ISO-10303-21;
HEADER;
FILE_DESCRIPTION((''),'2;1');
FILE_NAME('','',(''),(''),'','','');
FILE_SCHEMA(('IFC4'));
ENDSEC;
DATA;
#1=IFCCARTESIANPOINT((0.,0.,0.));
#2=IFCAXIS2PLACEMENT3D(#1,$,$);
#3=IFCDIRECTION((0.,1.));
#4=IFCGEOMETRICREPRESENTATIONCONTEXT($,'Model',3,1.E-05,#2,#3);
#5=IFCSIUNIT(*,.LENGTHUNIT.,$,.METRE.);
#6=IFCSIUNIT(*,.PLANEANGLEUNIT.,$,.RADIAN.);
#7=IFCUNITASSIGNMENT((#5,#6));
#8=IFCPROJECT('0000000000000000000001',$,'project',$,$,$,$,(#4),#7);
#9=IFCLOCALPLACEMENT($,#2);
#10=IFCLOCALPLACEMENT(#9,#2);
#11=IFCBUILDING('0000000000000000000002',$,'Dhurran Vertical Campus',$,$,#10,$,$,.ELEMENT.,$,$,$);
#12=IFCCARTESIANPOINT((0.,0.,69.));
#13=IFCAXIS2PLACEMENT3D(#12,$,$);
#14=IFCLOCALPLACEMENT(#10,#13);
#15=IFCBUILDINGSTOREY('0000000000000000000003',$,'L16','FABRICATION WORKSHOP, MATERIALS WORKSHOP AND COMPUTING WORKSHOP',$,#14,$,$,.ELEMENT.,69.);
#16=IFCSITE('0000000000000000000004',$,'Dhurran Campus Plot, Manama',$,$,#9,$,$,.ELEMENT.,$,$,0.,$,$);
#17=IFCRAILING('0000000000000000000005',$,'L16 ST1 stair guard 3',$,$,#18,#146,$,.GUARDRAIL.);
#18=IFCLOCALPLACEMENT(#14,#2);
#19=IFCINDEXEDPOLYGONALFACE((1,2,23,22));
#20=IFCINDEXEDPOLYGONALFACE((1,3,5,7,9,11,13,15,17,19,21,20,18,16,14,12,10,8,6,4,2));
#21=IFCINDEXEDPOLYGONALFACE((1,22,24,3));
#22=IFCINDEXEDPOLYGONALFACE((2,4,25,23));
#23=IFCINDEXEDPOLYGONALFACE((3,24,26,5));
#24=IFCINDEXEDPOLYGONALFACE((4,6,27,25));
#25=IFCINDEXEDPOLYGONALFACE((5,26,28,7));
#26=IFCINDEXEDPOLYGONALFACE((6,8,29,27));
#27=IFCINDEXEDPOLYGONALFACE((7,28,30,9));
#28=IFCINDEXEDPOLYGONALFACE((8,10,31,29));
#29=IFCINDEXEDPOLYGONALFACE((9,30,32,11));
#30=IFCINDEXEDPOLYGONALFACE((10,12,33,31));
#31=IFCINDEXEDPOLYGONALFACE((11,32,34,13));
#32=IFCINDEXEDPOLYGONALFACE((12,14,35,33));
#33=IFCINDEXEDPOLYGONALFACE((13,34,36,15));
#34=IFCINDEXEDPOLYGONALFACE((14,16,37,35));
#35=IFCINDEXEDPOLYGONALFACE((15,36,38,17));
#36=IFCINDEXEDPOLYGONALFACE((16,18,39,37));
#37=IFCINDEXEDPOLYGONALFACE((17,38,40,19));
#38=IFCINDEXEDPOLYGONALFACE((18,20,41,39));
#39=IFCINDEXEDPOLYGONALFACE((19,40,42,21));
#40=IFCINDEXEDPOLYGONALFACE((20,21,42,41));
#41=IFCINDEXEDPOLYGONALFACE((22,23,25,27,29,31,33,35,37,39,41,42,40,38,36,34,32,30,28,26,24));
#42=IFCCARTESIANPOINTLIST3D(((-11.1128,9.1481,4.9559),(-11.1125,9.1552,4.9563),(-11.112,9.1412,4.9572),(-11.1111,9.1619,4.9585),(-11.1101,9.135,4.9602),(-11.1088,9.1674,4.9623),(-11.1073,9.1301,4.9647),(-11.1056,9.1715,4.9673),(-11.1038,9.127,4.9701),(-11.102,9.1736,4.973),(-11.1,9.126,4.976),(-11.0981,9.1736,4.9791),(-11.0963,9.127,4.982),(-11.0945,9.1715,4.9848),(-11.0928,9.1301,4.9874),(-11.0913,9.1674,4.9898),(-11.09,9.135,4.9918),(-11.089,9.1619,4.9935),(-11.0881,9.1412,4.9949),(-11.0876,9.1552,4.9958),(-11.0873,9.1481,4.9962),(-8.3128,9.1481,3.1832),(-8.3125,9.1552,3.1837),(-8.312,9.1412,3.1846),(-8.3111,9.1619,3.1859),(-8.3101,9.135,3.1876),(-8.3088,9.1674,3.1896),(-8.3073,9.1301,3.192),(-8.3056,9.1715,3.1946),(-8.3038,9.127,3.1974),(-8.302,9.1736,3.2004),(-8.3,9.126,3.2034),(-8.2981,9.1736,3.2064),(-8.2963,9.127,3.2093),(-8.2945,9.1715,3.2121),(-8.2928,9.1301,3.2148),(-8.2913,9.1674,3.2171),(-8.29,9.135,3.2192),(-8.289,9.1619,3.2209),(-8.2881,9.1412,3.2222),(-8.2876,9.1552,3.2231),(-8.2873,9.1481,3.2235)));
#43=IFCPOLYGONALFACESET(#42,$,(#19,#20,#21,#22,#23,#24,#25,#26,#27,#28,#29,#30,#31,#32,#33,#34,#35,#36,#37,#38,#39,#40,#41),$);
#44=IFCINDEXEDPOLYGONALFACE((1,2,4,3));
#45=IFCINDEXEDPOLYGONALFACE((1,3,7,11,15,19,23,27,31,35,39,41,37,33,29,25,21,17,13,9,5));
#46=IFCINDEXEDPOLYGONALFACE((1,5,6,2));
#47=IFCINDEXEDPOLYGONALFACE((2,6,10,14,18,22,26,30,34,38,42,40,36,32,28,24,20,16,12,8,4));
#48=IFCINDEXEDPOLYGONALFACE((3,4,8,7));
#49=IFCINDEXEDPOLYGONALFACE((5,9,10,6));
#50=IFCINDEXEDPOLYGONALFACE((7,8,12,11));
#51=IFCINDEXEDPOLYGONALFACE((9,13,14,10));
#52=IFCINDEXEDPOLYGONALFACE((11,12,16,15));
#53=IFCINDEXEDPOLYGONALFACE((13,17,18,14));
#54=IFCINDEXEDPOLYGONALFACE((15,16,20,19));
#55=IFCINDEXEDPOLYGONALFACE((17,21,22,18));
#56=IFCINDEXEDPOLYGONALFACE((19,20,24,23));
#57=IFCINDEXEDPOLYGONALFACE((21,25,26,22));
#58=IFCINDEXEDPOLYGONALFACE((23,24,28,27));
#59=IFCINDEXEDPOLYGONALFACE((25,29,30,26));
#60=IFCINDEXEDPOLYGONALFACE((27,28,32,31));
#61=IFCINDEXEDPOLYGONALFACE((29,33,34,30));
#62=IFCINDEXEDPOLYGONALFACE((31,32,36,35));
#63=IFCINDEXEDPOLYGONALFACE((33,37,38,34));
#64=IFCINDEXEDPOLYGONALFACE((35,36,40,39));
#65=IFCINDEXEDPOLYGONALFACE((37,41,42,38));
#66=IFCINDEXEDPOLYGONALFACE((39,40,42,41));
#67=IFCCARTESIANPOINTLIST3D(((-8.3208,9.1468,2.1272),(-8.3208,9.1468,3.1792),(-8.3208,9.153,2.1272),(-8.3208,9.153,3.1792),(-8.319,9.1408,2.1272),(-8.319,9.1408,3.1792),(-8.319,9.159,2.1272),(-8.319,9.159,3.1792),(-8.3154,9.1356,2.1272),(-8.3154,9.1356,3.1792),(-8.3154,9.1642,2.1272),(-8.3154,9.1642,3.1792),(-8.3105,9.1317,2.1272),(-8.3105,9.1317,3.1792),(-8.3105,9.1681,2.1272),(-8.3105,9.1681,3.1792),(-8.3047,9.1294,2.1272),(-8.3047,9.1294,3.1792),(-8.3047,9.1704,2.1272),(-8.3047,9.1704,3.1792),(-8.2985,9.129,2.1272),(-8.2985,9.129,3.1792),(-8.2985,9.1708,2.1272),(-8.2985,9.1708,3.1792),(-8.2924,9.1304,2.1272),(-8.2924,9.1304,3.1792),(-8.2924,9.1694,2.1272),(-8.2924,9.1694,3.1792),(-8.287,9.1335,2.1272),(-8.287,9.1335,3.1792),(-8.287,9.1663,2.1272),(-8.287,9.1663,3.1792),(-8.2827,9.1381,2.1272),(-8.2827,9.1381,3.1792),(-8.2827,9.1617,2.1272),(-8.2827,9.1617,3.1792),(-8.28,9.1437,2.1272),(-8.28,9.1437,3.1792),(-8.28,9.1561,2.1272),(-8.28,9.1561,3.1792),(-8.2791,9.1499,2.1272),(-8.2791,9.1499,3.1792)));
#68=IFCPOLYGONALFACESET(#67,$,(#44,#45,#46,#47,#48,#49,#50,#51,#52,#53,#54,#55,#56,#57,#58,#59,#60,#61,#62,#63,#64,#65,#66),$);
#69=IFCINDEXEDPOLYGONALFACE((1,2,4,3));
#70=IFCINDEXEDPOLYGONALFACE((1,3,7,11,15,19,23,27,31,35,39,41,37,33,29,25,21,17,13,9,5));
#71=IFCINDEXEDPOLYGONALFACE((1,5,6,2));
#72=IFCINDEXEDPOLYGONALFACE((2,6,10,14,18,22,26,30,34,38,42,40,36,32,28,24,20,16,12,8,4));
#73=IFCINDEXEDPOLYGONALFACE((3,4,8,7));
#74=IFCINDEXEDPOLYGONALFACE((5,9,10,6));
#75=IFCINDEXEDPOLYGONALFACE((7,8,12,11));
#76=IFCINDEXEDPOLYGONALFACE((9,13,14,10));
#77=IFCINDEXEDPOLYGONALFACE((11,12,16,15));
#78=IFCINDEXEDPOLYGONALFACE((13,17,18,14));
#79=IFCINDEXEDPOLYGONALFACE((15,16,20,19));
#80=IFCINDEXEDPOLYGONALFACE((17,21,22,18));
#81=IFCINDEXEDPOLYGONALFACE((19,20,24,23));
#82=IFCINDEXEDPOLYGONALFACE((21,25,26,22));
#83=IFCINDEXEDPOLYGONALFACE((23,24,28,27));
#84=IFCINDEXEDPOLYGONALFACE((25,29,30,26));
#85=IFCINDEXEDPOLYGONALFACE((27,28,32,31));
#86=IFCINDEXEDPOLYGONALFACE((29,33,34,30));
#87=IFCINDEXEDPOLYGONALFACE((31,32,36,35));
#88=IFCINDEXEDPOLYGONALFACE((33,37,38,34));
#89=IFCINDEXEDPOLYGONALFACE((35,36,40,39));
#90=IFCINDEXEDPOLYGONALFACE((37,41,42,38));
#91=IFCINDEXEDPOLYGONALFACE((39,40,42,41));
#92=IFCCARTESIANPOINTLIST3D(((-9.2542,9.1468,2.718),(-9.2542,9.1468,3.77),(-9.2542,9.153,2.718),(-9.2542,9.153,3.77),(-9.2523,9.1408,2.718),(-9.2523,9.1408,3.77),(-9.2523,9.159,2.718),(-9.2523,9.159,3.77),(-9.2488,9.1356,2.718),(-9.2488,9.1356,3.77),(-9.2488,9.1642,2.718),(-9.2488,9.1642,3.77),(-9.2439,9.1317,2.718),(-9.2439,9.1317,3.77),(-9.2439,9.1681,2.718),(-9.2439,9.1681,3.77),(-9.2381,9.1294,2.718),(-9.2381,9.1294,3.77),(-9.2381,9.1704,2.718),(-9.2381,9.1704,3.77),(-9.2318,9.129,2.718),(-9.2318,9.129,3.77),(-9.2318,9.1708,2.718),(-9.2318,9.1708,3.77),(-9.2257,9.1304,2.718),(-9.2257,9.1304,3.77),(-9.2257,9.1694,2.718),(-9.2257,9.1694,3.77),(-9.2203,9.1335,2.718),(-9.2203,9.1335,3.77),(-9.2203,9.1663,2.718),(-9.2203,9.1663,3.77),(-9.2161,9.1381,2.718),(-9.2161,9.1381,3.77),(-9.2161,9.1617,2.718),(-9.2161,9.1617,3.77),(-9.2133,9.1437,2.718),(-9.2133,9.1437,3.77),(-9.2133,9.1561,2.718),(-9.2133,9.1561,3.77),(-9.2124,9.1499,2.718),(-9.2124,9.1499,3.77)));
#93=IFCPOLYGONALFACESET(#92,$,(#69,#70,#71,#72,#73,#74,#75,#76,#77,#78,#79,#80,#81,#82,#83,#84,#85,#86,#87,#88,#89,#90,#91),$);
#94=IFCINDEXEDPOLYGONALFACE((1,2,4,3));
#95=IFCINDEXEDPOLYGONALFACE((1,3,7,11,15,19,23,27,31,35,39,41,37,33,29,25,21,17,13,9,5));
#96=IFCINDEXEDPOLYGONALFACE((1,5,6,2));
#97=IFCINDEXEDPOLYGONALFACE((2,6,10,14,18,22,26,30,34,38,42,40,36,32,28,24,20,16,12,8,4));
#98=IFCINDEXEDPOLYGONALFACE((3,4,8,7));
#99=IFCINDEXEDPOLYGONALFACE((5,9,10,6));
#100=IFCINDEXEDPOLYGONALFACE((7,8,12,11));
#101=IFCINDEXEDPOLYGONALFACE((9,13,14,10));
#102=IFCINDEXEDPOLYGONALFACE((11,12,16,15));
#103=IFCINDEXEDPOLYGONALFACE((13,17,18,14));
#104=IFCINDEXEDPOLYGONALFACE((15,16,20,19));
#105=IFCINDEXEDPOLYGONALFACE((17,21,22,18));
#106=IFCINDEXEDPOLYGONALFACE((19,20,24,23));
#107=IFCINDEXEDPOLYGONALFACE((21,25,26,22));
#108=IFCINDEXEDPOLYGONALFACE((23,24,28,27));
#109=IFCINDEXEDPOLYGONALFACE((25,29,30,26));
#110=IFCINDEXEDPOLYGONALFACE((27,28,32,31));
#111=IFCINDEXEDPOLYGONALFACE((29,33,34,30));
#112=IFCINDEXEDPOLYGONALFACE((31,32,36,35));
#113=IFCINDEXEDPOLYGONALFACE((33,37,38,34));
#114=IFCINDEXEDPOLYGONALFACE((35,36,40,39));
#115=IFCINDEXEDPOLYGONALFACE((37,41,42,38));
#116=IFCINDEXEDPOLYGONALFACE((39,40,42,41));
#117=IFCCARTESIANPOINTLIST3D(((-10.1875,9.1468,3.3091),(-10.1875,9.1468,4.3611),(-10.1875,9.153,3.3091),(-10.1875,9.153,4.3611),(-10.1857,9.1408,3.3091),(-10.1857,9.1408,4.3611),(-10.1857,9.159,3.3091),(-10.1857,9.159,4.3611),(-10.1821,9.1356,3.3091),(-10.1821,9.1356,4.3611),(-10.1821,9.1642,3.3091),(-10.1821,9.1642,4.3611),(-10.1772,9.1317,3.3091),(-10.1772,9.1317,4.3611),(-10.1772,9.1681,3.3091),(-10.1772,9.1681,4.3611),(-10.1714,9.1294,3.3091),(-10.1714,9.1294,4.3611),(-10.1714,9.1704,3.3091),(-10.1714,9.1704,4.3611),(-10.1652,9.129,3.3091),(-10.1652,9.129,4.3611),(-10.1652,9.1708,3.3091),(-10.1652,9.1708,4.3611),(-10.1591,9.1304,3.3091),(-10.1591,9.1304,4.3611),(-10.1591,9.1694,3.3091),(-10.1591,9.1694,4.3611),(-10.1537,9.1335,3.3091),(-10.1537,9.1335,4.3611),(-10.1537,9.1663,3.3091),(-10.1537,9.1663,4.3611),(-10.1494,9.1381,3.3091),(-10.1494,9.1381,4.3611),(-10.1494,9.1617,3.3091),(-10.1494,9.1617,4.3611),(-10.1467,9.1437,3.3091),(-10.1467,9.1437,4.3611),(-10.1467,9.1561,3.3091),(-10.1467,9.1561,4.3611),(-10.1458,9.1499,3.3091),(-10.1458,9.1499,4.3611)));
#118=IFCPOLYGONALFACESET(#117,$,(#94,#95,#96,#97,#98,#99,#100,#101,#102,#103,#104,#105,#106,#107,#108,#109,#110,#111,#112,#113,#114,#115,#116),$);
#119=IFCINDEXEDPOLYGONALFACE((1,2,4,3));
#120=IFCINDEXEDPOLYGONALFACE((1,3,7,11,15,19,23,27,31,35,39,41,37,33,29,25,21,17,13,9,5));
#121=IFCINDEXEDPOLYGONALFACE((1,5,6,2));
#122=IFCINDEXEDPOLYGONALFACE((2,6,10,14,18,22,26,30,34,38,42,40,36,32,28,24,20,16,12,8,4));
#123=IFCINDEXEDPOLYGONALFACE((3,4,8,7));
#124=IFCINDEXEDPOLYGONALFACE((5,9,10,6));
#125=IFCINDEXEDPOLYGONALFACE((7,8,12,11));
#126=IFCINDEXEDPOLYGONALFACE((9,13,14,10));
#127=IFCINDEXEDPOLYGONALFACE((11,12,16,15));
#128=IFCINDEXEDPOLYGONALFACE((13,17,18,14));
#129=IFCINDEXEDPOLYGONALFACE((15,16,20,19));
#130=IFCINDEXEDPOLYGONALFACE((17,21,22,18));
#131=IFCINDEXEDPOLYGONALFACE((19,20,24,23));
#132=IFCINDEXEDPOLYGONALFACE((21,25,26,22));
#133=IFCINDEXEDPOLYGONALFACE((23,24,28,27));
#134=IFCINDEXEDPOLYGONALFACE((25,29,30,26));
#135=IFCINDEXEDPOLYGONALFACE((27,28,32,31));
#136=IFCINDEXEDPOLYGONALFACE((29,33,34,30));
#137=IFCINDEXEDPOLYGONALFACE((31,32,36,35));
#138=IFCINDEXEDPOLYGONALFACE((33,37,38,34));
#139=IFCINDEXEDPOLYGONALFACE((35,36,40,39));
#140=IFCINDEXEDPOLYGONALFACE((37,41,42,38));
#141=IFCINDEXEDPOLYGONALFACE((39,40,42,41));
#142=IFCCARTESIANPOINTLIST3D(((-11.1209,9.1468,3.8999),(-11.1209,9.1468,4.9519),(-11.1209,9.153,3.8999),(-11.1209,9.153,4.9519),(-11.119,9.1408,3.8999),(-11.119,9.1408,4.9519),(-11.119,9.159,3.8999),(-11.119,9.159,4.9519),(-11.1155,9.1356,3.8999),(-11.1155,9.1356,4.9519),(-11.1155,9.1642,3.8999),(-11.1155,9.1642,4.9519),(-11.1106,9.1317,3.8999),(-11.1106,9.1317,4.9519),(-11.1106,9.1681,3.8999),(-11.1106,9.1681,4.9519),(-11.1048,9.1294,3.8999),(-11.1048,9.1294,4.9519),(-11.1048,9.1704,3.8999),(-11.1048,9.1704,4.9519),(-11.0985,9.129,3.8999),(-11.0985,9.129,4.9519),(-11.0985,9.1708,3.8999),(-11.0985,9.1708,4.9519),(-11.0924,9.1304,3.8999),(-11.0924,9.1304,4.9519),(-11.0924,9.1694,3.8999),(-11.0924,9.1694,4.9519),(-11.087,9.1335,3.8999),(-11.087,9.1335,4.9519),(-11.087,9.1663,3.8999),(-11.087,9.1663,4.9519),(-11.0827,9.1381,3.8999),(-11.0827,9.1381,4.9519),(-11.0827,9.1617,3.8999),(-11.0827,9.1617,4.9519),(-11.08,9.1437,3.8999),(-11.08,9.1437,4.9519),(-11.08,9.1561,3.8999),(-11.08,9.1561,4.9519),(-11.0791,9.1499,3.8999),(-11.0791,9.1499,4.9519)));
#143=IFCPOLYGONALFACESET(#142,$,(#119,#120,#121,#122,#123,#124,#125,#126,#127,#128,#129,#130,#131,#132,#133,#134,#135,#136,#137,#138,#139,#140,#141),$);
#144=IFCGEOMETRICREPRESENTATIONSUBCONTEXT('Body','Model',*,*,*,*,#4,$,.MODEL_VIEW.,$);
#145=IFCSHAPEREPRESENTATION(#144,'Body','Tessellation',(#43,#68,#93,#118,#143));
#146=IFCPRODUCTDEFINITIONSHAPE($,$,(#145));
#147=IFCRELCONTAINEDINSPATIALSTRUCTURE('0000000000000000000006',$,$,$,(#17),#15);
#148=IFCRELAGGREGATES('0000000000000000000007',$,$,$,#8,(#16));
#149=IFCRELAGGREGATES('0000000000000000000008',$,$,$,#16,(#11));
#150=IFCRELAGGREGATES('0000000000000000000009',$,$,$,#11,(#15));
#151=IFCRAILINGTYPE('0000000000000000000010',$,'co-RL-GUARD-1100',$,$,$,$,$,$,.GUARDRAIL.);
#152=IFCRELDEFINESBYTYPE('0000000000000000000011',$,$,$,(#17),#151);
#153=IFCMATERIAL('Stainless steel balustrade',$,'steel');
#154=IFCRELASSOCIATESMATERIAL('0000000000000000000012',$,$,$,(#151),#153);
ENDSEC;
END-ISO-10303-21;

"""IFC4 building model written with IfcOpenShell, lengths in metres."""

from ifc_helpers import new_model, si_unit, direction, frame, origin, origin_2d, place, context, subcontext, project, spatial, circle, extrude, material, type_object, element, save


model = new_model("IFC4")

# Units and contexts
model_context = context("Model", 3, precision=1e-05, world=origin(), true_north=direction((0.0, 1.0)))
body_context = subcontext(model_context, "Body", "Model", "MODEL_VIEW")
ifc_project = project(units=[si_unit("LENGTHUNIT", "METRE"), si_unit("PLANEANGLEUNIT", "RADIAN")], contexts=[model_context])

# Site, building, storey
site_placement = place(None, origin())
site = spatial("IfcSite", under=ifc_project, at=site_placement, Name="Dhurran Campus Plot, Manama", CompositionType="ELEMENT", RefElevation=0.0)
building_placement = place(site_placement, origin())
building = spatial("IfcBuilding", under=site, at=building_placement, Name="Dhurran Vertical Campus", CompositionType="ELEMENT")
storey_placement = place(building_placement, frame((0.0, 0.0, 69.0)))
storey = spatial("IfcBuildingStorey", under=building, at=storey_placement, Name="L16", Description="FABRICATION WORKSHOP, MATERIALS WORKSHOP AND COMPUTING WORKSHOP", CompositionType="ELEMENT", Elevation=69.0)

# Railing
ifc_material_1 = material(Name="Stainless steel balustrade", Category="steel")
railing_type_1 = type_object("IfcRailingType", Name="co-RL-GUARD-1100", PredefinedType="GUARDRAIL", material=ifc_material_1)
railing_1_placement = place(storey_placement, frame((-8.3, 9.1499, 2.1272)))
element("IfcRailing", 1, at=railing_1_placement, inside=storey, type_object=railing_type_1, Name="L16 ST1 stair guard 3", PredefinedType="GUARDRAIL", context=body_context, shape_type="SweptSolid", body=[
    extrude(circle(Radius=0.0239, at=origin_2d()), frame((0.0, 0.0, 1.0762), z_axis=(-0.844909, 0.0, 0.53491), x_axis=(0.0, -1.0, 0.0)), (0.0, 0.0, 1.0), 3.314),
    extrude(circle(Radius=0.021, at=origin_2d()), origin(), (0.0, 0.0, 1.0), 1.052),
    extrude(circle(Radius=0.021, at=origin_2d()), frame((-0.9333, 0.0, 0.5908)), (0.0, 0.0, 1.0), 1.052),
    extrude(circle(Radius=0.021, at=origin_2d()), frame((-1.8667, 0.0, 1.1819)), (0.0, 0.0, 1.0), 1.052),
    extrude(circle(Radius=0.021, at=origin_2d()), frame((-2.8, 0.0, 1.7727)), (0.0, 0.0, 1.0), 1.052),
])

save(model, "model.ifc")
